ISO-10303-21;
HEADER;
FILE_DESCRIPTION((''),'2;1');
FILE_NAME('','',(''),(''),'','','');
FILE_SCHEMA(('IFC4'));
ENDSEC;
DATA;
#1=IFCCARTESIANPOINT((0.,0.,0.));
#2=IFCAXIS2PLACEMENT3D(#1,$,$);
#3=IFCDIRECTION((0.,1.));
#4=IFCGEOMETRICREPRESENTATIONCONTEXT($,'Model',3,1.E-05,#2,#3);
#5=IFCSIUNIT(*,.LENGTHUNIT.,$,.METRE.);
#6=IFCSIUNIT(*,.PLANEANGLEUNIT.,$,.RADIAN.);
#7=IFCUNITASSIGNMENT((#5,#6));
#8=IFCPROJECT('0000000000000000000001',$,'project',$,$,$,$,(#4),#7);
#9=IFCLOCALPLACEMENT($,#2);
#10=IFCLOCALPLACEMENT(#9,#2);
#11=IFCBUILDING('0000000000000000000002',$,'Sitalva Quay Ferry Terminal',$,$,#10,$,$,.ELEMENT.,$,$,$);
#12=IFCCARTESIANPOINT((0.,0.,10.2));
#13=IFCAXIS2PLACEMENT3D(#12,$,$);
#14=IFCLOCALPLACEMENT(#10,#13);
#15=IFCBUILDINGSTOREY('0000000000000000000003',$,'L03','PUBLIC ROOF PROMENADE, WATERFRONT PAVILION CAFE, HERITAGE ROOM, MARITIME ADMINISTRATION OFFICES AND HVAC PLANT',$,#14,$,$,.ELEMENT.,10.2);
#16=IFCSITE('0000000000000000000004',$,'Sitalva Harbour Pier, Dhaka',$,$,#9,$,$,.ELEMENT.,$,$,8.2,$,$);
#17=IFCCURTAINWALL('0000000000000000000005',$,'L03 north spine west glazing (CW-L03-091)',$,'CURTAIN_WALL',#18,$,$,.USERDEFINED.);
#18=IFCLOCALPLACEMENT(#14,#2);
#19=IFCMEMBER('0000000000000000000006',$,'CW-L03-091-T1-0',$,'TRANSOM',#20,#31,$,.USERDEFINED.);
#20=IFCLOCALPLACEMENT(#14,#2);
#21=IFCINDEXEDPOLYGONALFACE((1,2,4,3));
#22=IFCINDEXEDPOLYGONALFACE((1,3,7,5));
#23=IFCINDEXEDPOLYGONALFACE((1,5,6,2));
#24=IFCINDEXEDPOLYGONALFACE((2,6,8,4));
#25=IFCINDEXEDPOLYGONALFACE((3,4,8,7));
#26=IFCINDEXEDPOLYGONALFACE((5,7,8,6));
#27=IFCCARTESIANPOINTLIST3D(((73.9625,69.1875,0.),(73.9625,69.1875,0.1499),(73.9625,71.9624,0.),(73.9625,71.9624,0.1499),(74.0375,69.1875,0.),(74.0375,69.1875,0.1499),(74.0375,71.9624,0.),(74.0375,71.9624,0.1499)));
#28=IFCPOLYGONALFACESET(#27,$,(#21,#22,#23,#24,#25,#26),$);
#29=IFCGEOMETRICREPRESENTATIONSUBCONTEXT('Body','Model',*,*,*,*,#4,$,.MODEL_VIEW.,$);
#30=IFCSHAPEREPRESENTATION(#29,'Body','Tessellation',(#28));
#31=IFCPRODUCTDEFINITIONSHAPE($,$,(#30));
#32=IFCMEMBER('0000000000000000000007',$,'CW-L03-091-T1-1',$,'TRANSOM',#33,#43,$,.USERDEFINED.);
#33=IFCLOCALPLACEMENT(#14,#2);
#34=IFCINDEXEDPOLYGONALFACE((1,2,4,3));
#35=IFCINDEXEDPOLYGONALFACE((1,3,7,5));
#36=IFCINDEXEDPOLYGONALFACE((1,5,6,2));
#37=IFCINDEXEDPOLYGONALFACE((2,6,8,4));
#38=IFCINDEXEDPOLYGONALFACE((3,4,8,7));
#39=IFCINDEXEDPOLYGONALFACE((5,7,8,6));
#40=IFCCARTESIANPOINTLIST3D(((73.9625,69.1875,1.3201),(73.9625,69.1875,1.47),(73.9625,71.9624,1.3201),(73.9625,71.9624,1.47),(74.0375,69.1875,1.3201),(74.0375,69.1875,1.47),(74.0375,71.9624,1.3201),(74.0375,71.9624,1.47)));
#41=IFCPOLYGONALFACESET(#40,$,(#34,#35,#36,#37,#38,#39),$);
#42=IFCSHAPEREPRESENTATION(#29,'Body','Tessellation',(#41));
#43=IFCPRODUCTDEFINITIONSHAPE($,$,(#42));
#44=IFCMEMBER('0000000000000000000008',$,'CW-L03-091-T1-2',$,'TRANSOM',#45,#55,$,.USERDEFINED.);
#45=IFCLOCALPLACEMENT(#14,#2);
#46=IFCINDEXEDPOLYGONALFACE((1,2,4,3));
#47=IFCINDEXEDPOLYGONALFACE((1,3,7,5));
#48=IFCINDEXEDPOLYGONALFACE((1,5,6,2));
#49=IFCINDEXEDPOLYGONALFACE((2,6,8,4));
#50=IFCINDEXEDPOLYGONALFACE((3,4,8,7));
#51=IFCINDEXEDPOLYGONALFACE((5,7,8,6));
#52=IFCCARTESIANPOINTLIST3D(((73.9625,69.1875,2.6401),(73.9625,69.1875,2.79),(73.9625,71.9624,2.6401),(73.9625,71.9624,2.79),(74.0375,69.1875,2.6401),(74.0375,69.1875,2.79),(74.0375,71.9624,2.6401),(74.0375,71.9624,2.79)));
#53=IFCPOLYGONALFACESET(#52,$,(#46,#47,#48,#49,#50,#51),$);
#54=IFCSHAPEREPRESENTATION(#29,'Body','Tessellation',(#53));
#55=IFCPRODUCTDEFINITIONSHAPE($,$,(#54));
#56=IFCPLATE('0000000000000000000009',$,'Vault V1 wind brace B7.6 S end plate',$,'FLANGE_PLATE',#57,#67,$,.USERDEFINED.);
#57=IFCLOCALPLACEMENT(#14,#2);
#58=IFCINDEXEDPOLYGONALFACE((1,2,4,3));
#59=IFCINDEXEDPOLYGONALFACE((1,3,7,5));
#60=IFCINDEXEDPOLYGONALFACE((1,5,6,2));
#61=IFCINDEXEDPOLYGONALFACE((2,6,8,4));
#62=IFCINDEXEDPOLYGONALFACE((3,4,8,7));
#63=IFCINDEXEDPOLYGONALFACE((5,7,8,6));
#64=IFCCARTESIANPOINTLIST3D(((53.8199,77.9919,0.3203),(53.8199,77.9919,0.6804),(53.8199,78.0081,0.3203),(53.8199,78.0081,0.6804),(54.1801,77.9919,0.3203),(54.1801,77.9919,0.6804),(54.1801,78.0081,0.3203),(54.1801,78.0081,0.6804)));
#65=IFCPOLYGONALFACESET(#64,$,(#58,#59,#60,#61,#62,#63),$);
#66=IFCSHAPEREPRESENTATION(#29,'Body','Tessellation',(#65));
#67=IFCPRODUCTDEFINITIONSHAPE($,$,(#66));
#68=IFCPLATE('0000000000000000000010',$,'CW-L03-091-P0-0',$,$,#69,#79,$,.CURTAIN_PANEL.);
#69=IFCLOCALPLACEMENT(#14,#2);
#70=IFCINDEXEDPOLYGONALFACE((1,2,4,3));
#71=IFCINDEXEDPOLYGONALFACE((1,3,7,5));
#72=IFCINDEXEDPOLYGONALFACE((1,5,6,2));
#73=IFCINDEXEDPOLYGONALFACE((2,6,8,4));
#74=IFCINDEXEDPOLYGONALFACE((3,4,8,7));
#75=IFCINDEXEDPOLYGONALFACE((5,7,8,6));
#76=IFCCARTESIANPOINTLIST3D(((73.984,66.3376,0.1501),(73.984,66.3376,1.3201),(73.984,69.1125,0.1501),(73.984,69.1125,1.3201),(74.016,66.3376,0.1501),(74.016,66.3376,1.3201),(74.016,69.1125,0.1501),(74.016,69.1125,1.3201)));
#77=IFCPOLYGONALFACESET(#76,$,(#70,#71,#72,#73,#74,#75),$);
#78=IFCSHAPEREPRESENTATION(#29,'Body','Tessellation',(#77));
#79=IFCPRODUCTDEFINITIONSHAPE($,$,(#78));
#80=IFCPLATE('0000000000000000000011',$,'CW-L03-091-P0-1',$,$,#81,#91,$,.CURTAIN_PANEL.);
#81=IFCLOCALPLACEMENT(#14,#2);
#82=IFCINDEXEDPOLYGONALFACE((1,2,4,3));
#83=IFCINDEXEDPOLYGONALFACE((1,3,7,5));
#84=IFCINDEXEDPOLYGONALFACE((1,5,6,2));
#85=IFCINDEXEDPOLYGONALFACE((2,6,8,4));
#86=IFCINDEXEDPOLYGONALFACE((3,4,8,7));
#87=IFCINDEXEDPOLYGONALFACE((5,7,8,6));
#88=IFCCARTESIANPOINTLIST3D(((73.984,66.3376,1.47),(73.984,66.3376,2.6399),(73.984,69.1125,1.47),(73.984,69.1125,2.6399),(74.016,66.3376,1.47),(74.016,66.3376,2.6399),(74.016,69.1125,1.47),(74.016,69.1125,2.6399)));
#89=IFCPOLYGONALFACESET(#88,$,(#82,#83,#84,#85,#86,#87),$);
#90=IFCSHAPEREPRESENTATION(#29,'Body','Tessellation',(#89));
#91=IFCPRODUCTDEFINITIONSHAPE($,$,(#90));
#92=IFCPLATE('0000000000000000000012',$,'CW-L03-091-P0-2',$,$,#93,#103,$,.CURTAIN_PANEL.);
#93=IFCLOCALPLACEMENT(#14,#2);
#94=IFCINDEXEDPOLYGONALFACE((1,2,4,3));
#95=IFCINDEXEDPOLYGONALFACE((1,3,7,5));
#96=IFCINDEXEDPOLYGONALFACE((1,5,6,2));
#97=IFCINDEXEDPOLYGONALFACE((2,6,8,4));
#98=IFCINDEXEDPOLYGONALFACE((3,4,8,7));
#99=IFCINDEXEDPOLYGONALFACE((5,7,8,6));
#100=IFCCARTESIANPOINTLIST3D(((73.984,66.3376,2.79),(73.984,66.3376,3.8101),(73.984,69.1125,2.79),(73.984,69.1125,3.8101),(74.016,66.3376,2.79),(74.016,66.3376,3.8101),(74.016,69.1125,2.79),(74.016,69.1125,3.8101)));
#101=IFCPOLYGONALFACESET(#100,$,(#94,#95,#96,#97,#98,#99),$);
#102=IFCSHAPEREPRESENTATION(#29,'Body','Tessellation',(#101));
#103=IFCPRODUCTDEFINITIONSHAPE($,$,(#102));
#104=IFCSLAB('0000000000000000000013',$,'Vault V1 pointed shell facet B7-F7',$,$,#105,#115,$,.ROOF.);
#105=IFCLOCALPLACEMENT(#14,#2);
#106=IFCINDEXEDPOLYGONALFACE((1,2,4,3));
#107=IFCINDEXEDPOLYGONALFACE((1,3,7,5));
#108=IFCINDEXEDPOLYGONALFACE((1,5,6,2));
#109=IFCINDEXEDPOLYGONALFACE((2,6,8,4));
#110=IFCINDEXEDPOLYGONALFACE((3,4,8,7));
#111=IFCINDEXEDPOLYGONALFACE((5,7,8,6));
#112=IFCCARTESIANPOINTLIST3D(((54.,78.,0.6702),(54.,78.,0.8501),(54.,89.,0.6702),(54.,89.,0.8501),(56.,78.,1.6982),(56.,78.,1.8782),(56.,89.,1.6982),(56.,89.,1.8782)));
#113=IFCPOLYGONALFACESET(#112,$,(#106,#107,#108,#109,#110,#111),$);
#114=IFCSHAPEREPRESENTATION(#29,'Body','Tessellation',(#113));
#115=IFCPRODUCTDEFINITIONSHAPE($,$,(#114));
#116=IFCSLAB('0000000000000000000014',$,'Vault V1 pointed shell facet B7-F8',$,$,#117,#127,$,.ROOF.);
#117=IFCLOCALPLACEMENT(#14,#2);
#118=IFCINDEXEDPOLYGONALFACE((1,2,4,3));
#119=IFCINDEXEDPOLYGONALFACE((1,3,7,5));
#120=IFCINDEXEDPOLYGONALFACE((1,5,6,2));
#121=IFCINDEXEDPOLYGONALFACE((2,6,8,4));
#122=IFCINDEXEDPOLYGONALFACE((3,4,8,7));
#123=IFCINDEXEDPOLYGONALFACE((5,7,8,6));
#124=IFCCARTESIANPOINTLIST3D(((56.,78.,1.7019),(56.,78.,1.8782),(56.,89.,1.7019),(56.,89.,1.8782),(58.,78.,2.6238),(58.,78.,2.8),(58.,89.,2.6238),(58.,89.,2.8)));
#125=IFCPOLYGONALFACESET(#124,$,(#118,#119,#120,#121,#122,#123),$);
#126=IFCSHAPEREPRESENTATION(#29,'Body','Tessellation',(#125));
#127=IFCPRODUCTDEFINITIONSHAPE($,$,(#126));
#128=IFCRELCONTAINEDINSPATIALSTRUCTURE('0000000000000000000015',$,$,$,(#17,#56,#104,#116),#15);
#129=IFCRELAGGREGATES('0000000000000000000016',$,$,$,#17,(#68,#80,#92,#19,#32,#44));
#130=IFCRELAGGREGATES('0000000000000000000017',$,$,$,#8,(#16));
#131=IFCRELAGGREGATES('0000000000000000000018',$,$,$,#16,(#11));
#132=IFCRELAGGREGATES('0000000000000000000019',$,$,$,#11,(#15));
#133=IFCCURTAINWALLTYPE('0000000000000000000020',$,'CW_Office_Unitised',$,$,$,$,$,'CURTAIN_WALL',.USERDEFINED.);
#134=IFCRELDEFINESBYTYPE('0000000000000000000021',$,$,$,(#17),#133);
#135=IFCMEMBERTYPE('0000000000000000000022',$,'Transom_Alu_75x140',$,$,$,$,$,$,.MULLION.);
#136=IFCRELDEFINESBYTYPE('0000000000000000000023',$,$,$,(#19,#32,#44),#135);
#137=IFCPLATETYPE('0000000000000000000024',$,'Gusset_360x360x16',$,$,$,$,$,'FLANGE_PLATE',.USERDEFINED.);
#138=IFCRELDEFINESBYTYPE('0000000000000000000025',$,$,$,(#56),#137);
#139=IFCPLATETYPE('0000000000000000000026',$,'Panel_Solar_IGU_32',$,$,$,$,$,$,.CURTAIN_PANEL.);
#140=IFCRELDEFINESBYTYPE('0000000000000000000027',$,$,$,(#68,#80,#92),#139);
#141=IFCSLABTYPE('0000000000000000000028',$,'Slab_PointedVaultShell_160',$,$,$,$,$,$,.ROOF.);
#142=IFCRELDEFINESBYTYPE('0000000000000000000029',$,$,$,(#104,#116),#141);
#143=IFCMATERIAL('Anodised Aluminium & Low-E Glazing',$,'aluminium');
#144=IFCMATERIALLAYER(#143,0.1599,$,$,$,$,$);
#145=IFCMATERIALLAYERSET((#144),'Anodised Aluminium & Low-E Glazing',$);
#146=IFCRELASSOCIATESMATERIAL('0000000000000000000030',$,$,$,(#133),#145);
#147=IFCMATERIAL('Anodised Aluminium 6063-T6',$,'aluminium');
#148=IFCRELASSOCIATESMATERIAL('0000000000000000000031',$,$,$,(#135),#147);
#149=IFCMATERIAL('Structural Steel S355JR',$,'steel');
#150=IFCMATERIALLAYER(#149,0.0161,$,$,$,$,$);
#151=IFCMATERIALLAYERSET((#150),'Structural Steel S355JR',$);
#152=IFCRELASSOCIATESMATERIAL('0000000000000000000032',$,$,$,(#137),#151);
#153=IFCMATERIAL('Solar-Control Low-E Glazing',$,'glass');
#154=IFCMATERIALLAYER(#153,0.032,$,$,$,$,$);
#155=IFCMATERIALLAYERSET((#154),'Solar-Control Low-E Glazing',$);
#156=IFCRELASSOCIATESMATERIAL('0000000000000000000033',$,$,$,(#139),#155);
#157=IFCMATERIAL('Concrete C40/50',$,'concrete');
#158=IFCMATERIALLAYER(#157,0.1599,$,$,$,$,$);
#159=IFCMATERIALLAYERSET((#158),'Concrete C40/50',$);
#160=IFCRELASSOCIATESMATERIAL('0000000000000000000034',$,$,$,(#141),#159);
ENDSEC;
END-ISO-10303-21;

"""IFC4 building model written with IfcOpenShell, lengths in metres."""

from ifc_helpers import new_model, si_unit, direction, frame, origin, origin_2d, place, context, subcontext, project, spatial, polyline, rectangle, outline, extrude, material, layer, layer_set, material_profile, profile_set, type_object, element, aggregate, save


model = new_model("IFC4")

# Units and contexts
model_context = context("Model", 3, precision=1e-05, world=origin(), true_north=direction((0.0, 1.0)))
body_context = subcontext(model_context, "Body", "Model", "MODEL_VIEW")
ifc_project = project(units=[si_unit("LENGTHUNIT", "METRE"), si_unit("PLANEANGLEUNIT", "RADIAN")], contexts=[model_context])

# Site, building, storey
site_placement = place(None, origin())
site = spatial("IfcSite", under=ifc_project, at=site_placement, Name="Sitalva Harbour Pier, Dhaka", CompositionType="ELEMENT", RefElevation=8.2)
building_placement = place(site_placement, origin())
building = spatial("IfcBuilding", under=site, at=building_placement, Name="Sitalva Quay Ferry Terminal", CompositionType="ELEMENT")
storey_placement = place(building_placement, frame((0.0, 0.0, 10.2)))
storey = spatial("IfcBuildingStorey", under=building, at=storey_placement, Name="L03", Description="PUBLIC ROOF PROMENADE, WATERFRONT PAVILION CAFE, HERITAGE ROOM, MARITIME ADMINISTRATION OFFICES AND HVAC PLANT", CompositionType="ELEMENT", Elevation=10.2)

# Curtain wall, members
ifc_material_1 = material(Name="Anodised Aluminium & Low-E Glazing", Category="aluminium")
ifc_layer_1 = layer(ifc_material_1, 0.1599)
ifc_layer_set_1 = layer_set([ifc_layer_1], Name="Anodised Aluminium & Low-E Glazing")
curtain_wall_type = type_object("IfcCurtainWallType", Name="CW_Office_Unitised", ElementType="CURTAIN_WALL", PredefinedType="USERDEFINED", material=ifc_layer_set_1)
curtain_wall_placement = place(storey_placement, origin())
curtain_wall = element("IfcCurtainWall", 1, at=curtain_wall_placement, inside=storey, type_object=curtain_wall_type, Name="L03 north spine west glazing (CW-L03-091)", ObjectType="CURTAIN_WALL", PredefinedType="USERDEFINED")
ifc_material_2 = material(Name="Anodised Aluminium 6063-T6", Category="aluminium")
ifc_material_profile_1 = material_profile(ifc_material_2, rectangle(XDim=0.075, YDim=0.1499, at=origin_2d()), Name="ALU75x150")
ifc_profile_set_1 = profile_set([ifc_material_profile_1], Name="Anodised Aluminium 6063-T6")
member_type_1 = type_object("IfcMemberType", Name="Transom_Alu_75x140", PredefinedType="MULLION", material=ifc_profile_set_1)
member_1_placement = place(storey_placement, frame((74.0, 69.1875, 0.075), z_axis=(0.0, 1.0, 0.0), x_axis=(-1.0, 0.0, 0.0)))
member_1 = element("IfcMember", 2, at=member_1_placement, type_object=member_type_1, Name="CW-L03-091-T1-0", ObjectType="TRANSOM", PredefinedType="USERDEFINED", context=body_context, shape_type="SweptSolid", body=[
    extrude(rectangle(XDim=0.075, YDim=0.1499, at=origin_2d()), origin(), (0.0, 0.0, 1.0), 2.7749),
])
member_2_placement = place(storey_placement, frame((74.0, 69.1875, 1.395), z_axis=(0.0, 1.0, 0.0), x_axis=(-1.0, 0.0, 0.0)))
member_2 = element("IfcMember", 3, at=member_2_placement, type_object=member_type_1, Name="CW-L03-091-T1-1", ObjectType="TRANSOM", PredefinedType="USERDEFINED", context=body_context, shape_type="SweptSolid", body=[
    extrude(rectangle(XDim=0.075, YDim=0.1499, at=origin_2d()), origin(), (0.0, 0.0, 1.0), 2.7749),
])
member_3_placement = place(storey_placement, frame((74.0, 69.1875, 2.7151), z_axis=(0.0, 1.0, 0.0), x_axis=(-1.0, 0.0, 0.0)))
member_3 = element("IfcMember", 4, at=member_3_placement, type_object=member_type_1, Name="CW-L03-091-T1-2", ObjectType="TRANSOM", PredefinedType="USERDEFINED", context=body_context, shape_type="SweptSolid", body=[
    extrude(rectangle(XDim=0.075, YDim=0.1499, at=origin_2d()), origin(), (0.0, 0.0, 1.0), 2.7749),
])

# Plates
ifc_material_3 = material(Name="Structural Steel S355JR", Category="steel")
ifc_layer_2 = layer(ifc_material_3, 0.0161)
ifc_layer_set_2 = layer_set([ifc_layer_2], Name="Structural Steel S355JR")
plate_type_1 = type_object("IfcPlateType", Name="Gusset_360x360x16", ElementType="FLANGE_PLATE", PredefinedType="USERDEFINED", material=ifc_layer_set_2)
plate_1_placement = place(storey_placement, frame((54.0, 78.0, 0.3203), z_axis=(0.0, 0.0, 1.0), x_axis=(1.0, 0.0, 0.0)))
element("IfcPlate", 5, at=plate_1_placement, inside=storey, type_object=plate_type_1, Name="Vault V1 wind brace B7.6 S end plate", ObjectType="FLANGE_PLATE", PredefinedType="USERDEFINED", context=body_context, shape_type="SweptSolid", body=[
    extrude(rectangle(XDim=0.3601, YDim=0.0161, at=origin_2d()), origin(), (0.0, 0.0, 1.0), 0.3601),
])
ifc_material_4 = material(Name="Solar-Control Low-E Glazing", Category="glass")
ifc_layer_3 = layer(ifc_material_4, 0.032)
ifc_layer_set_3 = layer_set([ifc_layer_3], Name="Solar-Control Low-E Glazing")
plate_type_2 = type_object("IfcPlateType", Name="Panel_Solar_IGU_32", PredefinedType="CURTAIN_PANEL", material=ifc_layer_set_3)
plate_2_placement = place(storey_placement, frame((74.0, 67.7251, 0.1501), z_axis=(0.0, 0.0, 1.0), x_axis=(0.0, 1.0, 0.0)))
plate_2 = element("IfcPlate", 6, at=plate_2_placement, type_object=plate_type_2, Name="CW-L03-091-P0-0", PredefinedType="CURTAIN_PANEL", context=body_context, shape_type="SweptSolid", body=[
    extrude(rectangle(XDim=2.7749, YDim=0.032, at=origin_2d()), origin(), (0.0, 0.0, 1.0), 1.1699),
])
plate_3_placement = place(storey_placement, frame((74.0, 67.7251, 1.47), z_axis=(0.0, 0.0, 1.0), x_axis=(0.0, 1.0, 0.0)))
plate_3 = element("IfcPlate", 7, at=plate_3_placement, type_object=plate_type_2, Name="CW-L03-091-P0-1", PredefinedType="CURTAIN_PANEL", context=body_context, shape_type="SweptSolid", body=[
    extrude(rectangle(XDim=2.7749, YDim=0.032, at=origin_2d()), origin(), (0.0, 0.0, 1.0), 1.1699),
])
plate_4_placement = place(storey_placement, frame((74.0, 67.7251, 2.79), z_axis=(0.0, 0.0, 1.0), x_axis=(0.0, 1.0, 0.0)))
plate_4 = element("IfcPlate", 8, at=plate_4_placement, type_object=plate_type_2, Name="CW-L03-091-P0-2", PredefinedType="CURTAIN_PANEL", context=body_context, shape_type="SweptSolid", body=[
    extrude(rectangle(XDim=2.7749, YDim=0.032, at=origin_2d()), origin(), (0.0, 0.0, 1.0), 1.02),
])
aggregate(curtain_wall, [plate_2, plate_3, plate_4, member_1, member_2, member_3])

# Slabs
ifc_material_5 = material(Name="Concrete C40/50", Category="concrete")
ifc_layer_4 = layer(ifc_material_5, 0.1599)
ifc_layer_set_4 = layer_set([ifc_layer_4], Name="Concrete C40/50")
slab_type = type_object("IfcSlabType", Name="Slab_PointedVaultShell_160", PredefinedType="ROOF", material=ifc_layer_set_4)
slab_1_placement = place(storey_placement, frame((54.0, 78.0, 0.8501), z_axis=(-0.457174, 0.0, 0.889377), x_axis=(0.889377, 0.0, 0.457174)))
element("IfcSlab", 9, at=slab_1_placement, inside=storey, type_object=slab_type, Name="Vault V1 pointed shell facet B7-F7", PredefinedType="ROOF", context=body_context, shape_type="SweptSolid", body=[
    extrude(outline(polyline([(0.0, 0.0), (2.2488, 0.0), (2.2488, 11.0), (0.0, 11.0), (0.0, 0.0)])), origin(), (-0.457174, 0.0, -0.889377), 0.1799),
])
slab_2_placement = place(storey_placement, frame((56.0, 78.0, 1.8782), z_axis=(-0.418608, 0.0, 0.908167), x_axis=(0.908167, 0.0, 0.418608)))
element("IfcSlab", 10, at=slab_2_placement, inside=storey, type_object=slab_type, Name="Vault V1 pointed shell facet B7-F8", PredefinedType="ROOF", context=body_context, shape_type="SweptSolid", body=[
    extrude(outline(polyline([(0.0, 0.0), (2.2022, 0.0), (2.2022, 11.0), (0.0, 11.0), (0.0, 0.0)])), origin(), (-0.418608, 0.0, -0.908167), 0.1763),
])

save(model, "model.ifc")
